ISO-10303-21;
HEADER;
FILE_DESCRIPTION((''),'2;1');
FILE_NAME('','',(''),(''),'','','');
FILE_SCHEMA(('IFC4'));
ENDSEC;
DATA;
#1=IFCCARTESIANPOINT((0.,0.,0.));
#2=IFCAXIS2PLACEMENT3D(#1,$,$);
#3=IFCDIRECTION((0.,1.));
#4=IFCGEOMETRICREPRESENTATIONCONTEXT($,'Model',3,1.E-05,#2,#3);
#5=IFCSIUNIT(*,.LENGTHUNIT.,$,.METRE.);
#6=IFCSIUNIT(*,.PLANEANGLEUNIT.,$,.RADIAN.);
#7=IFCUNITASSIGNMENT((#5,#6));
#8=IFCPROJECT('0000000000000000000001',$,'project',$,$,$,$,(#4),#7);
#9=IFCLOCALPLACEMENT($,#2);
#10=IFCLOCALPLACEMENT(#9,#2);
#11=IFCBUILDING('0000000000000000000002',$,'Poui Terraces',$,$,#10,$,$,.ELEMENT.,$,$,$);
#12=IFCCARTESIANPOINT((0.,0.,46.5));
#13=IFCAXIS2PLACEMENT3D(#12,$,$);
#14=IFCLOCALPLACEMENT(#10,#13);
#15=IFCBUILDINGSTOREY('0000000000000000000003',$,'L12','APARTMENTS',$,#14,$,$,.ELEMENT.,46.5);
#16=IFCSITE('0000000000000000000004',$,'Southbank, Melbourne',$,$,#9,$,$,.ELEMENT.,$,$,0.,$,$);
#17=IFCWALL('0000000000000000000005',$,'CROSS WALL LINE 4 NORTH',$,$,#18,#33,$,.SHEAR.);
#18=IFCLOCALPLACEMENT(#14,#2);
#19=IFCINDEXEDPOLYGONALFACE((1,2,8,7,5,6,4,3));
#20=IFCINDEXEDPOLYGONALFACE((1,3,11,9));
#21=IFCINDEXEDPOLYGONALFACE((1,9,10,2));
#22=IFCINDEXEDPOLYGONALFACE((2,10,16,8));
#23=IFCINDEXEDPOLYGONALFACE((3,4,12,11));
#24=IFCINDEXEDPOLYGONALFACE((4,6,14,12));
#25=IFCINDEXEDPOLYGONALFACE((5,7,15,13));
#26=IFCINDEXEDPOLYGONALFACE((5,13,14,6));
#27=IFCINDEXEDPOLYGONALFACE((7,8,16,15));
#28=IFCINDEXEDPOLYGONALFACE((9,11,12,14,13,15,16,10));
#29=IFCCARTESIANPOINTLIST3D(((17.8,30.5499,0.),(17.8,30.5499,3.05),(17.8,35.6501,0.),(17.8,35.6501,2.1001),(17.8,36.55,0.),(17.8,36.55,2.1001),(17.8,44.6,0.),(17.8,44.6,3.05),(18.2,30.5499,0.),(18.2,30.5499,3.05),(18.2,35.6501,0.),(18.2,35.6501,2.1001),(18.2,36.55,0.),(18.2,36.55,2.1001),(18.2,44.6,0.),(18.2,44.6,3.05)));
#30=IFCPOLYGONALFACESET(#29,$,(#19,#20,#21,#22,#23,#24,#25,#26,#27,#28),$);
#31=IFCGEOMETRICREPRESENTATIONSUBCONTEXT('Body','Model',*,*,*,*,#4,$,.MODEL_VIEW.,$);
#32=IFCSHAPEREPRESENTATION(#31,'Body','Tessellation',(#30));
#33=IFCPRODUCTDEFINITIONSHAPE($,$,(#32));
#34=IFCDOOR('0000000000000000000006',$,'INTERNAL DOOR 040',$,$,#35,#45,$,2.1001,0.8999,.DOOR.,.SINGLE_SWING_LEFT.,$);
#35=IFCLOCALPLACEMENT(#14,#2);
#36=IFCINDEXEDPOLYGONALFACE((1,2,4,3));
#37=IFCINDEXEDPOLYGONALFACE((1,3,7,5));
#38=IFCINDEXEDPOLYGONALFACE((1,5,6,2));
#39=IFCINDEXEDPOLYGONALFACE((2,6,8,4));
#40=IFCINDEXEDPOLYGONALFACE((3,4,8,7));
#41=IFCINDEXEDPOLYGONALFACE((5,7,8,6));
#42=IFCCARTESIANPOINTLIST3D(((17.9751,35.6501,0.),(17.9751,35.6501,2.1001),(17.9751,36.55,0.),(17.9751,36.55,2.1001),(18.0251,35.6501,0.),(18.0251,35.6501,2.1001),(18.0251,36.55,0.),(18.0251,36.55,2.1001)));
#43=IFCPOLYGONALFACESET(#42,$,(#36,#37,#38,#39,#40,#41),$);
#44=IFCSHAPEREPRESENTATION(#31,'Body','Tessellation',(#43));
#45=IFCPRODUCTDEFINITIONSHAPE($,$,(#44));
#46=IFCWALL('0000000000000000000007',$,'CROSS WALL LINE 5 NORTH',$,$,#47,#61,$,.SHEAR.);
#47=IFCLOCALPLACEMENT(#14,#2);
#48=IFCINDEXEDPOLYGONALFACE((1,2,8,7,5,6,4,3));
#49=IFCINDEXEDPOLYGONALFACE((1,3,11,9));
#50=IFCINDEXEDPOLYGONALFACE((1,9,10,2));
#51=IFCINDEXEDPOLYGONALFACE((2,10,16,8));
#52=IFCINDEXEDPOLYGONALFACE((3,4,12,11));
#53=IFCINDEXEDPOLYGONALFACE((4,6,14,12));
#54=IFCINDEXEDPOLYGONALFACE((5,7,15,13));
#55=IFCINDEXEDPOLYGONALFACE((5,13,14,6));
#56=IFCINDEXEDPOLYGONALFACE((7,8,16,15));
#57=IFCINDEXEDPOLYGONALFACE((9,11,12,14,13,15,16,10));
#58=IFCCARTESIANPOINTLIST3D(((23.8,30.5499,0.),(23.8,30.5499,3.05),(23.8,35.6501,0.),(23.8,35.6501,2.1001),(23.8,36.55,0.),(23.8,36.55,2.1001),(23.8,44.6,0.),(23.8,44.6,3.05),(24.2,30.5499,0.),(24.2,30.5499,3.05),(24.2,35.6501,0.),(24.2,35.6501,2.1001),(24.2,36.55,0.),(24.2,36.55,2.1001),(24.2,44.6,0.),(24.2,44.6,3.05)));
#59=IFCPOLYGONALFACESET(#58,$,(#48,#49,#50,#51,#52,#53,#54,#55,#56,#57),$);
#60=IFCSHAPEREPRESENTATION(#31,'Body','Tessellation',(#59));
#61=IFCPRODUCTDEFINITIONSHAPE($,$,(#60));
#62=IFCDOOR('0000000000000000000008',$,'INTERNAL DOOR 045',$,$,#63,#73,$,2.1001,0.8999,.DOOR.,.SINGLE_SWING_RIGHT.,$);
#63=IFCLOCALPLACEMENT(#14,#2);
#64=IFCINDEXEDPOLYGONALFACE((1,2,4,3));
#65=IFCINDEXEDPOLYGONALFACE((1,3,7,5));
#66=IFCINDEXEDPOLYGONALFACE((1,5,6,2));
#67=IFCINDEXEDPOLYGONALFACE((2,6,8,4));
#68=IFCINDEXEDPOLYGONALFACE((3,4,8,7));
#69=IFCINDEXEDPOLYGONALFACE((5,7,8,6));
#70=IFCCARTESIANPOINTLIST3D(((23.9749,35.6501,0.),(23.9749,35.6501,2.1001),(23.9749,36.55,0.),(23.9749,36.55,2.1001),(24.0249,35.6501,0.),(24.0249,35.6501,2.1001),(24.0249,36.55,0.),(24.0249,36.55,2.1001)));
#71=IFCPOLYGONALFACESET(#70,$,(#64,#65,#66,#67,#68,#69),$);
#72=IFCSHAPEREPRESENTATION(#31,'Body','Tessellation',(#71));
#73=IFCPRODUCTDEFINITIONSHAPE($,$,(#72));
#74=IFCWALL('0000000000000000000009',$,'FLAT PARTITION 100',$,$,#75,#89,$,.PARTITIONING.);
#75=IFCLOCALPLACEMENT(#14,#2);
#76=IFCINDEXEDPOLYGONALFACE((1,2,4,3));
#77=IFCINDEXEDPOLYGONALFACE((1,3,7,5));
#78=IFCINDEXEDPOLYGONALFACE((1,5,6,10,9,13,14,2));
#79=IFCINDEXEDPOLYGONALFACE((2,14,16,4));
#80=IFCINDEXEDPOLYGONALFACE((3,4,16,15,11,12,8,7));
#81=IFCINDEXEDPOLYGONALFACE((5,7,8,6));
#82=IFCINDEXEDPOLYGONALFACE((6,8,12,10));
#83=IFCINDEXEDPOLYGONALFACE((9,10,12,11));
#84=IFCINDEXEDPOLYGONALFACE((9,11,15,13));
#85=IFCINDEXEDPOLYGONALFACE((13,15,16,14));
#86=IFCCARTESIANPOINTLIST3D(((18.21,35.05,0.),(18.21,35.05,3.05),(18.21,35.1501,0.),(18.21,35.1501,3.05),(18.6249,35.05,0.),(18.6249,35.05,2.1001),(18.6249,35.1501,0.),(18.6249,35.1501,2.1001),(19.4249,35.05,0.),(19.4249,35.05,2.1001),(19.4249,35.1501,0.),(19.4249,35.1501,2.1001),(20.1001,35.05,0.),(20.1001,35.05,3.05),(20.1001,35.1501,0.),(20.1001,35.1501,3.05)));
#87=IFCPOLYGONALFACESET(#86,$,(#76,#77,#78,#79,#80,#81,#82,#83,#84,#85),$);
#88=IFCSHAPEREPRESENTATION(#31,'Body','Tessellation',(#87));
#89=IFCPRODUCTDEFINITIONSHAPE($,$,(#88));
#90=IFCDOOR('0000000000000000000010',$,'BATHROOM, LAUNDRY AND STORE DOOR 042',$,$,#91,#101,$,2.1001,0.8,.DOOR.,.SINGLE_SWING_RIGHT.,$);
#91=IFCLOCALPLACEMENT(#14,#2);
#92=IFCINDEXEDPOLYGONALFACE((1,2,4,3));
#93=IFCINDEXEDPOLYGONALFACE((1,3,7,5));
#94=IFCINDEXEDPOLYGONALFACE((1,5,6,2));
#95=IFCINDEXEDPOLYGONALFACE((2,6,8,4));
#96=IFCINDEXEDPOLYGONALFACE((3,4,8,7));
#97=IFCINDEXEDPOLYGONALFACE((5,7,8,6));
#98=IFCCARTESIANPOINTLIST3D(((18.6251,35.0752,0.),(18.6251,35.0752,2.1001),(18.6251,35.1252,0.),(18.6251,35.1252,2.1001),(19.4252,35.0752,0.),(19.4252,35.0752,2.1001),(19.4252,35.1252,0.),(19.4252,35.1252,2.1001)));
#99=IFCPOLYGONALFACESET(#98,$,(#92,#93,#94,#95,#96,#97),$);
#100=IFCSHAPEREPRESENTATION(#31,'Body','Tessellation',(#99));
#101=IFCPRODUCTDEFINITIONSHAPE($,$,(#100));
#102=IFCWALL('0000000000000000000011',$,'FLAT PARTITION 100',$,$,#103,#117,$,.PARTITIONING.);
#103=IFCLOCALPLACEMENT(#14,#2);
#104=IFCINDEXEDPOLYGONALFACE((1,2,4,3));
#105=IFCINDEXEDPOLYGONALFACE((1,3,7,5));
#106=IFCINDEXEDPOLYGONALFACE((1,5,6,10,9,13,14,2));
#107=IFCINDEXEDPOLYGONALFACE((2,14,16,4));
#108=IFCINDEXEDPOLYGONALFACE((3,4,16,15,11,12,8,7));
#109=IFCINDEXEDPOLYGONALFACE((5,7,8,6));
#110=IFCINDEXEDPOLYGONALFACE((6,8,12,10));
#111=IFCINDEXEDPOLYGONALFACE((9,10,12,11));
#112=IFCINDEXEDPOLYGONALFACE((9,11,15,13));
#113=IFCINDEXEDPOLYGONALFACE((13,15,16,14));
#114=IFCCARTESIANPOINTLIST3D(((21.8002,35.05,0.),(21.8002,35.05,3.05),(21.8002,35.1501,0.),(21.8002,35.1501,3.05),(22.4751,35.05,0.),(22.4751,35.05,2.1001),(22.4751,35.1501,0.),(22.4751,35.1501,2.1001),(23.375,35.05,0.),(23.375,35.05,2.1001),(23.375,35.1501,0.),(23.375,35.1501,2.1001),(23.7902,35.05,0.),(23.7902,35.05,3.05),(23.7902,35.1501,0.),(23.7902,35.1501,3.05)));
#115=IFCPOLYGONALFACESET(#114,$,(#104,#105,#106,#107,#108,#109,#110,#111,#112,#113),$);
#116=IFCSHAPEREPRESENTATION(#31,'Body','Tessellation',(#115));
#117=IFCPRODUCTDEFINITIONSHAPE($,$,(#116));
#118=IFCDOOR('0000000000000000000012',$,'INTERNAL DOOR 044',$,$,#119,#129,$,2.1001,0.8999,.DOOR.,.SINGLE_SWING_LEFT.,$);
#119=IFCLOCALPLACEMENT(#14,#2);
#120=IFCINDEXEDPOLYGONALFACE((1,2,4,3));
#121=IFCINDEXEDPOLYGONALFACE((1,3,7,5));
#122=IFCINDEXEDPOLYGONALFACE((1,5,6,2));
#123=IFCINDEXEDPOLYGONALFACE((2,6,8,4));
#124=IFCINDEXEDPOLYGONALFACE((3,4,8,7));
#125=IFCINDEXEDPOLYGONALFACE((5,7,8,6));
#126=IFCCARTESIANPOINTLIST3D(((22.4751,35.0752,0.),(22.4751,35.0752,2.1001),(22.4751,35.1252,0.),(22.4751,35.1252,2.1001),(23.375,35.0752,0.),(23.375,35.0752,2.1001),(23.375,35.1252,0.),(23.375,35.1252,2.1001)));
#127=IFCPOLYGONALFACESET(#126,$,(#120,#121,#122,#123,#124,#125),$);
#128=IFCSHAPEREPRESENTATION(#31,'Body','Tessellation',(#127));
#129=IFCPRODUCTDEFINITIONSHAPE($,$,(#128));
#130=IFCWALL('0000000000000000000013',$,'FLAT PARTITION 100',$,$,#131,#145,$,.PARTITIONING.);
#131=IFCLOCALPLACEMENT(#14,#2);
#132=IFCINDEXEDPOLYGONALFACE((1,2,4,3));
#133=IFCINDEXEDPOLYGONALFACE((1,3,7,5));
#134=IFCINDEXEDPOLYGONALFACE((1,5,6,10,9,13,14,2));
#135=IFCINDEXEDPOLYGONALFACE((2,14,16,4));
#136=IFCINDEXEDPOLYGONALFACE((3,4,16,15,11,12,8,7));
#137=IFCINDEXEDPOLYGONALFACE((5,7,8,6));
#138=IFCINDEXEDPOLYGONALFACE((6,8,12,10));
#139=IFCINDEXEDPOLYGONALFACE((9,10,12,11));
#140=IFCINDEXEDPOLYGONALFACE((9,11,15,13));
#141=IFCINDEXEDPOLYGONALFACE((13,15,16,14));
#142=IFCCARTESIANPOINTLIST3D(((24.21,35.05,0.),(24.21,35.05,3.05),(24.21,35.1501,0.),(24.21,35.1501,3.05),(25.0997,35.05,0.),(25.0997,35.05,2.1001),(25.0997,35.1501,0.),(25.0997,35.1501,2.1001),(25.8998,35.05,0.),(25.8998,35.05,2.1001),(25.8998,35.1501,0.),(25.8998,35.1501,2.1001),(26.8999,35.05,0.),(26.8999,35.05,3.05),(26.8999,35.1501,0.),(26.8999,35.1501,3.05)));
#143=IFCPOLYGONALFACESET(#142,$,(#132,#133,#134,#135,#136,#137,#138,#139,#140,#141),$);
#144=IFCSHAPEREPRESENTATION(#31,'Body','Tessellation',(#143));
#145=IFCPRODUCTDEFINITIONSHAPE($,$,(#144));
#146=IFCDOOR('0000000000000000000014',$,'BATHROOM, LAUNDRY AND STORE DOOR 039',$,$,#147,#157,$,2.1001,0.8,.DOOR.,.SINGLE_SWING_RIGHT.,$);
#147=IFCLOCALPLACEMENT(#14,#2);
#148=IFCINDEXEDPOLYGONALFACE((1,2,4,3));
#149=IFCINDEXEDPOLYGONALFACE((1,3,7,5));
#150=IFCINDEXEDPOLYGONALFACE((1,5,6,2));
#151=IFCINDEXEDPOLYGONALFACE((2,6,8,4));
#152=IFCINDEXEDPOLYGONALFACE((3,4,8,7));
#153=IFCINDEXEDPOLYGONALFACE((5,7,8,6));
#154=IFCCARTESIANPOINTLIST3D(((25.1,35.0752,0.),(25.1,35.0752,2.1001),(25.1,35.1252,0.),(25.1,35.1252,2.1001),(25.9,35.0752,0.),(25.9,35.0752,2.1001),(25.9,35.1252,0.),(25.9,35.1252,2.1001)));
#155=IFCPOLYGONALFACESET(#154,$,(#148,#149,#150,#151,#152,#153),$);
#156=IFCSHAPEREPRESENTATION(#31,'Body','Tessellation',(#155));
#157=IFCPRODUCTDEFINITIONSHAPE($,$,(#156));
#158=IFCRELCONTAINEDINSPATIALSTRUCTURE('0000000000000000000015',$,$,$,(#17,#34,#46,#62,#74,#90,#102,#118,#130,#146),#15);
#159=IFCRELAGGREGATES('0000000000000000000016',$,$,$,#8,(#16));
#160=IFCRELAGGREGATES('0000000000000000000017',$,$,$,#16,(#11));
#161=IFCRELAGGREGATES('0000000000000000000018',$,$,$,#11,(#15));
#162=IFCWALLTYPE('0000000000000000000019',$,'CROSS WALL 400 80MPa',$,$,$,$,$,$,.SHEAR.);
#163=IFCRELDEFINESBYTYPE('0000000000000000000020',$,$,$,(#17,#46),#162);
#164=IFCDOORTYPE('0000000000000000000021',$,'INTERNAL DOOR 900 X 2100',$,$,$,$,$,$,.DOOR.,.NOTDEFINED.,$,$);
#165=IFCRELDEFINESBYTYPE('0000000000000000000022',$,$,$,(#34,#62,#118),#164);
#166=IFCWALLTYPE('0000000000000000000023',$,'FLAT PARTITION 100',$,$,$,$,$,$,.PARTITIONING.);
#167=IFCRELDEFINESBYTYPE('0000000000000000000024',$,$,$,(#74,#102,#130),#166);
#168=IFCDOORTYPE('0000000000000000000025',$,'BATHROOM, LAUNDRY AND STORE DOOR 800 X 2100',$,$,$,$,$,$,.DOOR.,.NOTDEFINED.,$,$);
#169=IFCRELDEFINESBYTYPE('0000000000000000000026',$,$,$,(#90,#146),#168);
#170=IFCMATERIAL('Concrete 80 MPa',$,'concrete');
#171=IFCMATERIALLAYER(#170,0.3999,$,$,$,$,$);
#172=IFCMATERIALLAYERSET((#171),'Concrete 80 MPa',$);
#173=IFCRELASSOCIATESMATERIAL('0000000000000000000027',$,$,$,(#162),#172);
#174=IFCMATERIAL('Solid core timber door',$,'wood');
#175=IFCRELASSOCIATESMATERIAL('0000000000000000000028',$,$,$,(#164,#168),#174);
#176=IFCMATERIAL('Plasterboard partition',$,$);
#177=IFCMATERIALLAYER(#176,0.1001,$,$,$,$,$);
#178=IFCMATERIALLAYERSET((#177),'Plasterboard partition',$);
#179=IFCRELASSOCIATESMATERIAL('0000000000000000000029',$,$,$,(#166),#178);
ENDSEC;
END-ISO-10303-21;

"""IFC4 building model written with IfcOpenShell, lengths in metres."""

from ifc_helpers import new_model, si_unit, direction, frame, frame_2d, origin, place, context, subcontext, project, spatial, rectangle, extrude, material, layer, layer_set, type_object, element, fill, save


model = new_model("IFC4")

# Units and contexts
model_context = context("Model", 3, precision=1e-05, world=origin(), true_north=direction((0.0, 1.0)))
body_context = subcontext(model_context, "Body", "Model", "MODEL_VIEW")
ifc_project = project(units=[si_unit("LENGTHUNIT", "METRE"), si_unit("PLANEANGLEUNIT", "RADIAN")], contexts=[model_context])

# Site, building, storey
site_placement = place(None, origin())
site = spatial("IfcSite", under=ifc_project, at=site_placement, Name="Southbank, Melbourne", CompositionType="ELEMENT", RefElevation=0.0)
building_placement = place(site_placement, origin())
building = spatial("IfcBuilding", under=site, at=building_placement, Name="Poui Terraces", CompositionType="ELEMENT")
storey_placement = place(building_placement, frame((0.0, 0.0, 46.5)))
storey = spatial("IfcBuildingStorey", under=building, at=storey_placement, Name="L12", Description="APARTMENTS", CompositionType="ELEMENT", Elevation=46.5)

# Walls, openings, doors
ifc_material_1 = material(Name="Concrete 80 MPa", Category="concrete")
ifc_layer_1 = layer(ifc_material_1, 0.3999)
ifc_layer_set_1 = layer_set([ifc_layer_1], Name="Concrete 80 MPa")
wall_type_1 = type_object("IfcWallType", Name="CROSS WALL 400 80MPa", PredefinedType="SHEAR", material=ifc_layer_set_1)
wall_1_placement = place(storey_placement, frame((18.0, 30.55, 0.0), z_axis=(0.0, 0.0, 1.0), x_axis=(0.0, 1.0, 0.0)))
wall_1 = element("IfcWall", 1, at=wall_1_placement, inside=storey, type_object=wall_type_1, Name="CROSS WALL LINE 4 NORTH", PredefinedType="SHEAR", context=body_context, shape_type="SweptSolid", body=[
    extrude(rectangle(XDim=14.05, YDim=0.3999, at=frame_2d((7.0249, 0.0))), origin(), (0.0, 0.0, 1.0), 3.05),
])
opening_1_placement = place(wall_1_placement, frame((5.1001, 0.0, 0.0)))
opening_1 = element("IfcOpeningElement", 2, at=opening_1_placement, cuts=wall_1, PredefinedType="OPENING", context=body_context, shape_type="SweptSolid", body=[
    extrude(rectangle(XDim=0.8999, YDim=2.1001, at=frame_2d((0.45, 1.05))), frame((0.0, 0.21, 0.0), z_axis=(0.0, -1.0, 0.0), x_axis=(1.0, 0.0, 0.0)), (0.0, 0.0, 1.0), 0.4199),
])
ifc_material_2 = material(Name="Solid core timber door", Category="wood")
door_type_1 = type_object("IfcDoorType", Name="INTERNAL DOOR 900 X 2100", OperationType="NOTDEFINED", PredefinedType="DOOR", material=ifc_material_2)
door_1_placement = place(opening_1_placement, origin())
door_1 = element("IfcDoor", 3, at=door_1_placement, inside=storey, type_object=door_type_1, Name="INTERNAL DOOR 040", OperationType="SINGLE_SWING_LEFT", OverallHeight=2.1001, OverallWidth=0.8999, PredefinedType="DOOR", context=body_context, shape_type="SweptSolid", body=[
    extrude(rectangle(XDim=0.8999, YDim=2.1001, at=frame_2d((0.45, 1.05))), frame((0.0, 0.0249, 0.0), z_axis=(0.0, -1.0, 0.0), x_axis=(1.0, 0.0, 0.0)), (0.0, 0.0, 1.0), 0.05),
])
fill(opening_1, door_1)
wall_2_placement = place(storey_placement, frame((24.0, 30.55, 0.0), z_axis=(0.0, 0.0, 1.0), x_axis=(0.0, 1.0, 0.0)))
wall_2 = element("IfcWall", 4, at=wall_2_placement, inside=storey, type_object=wall_type_1, Name="CROSS WALL LINE 5 NORTH", PredefinedType="SHEAR", context=body_context, shape_type="SweptSolid", body=[
    extrude(rectangle(XDim=14.05, YDim=0.3999, at=frame_2d((7.0249, 0.0))), origin(), (0.0, 0.0, 1.0), 3.05),
])
opening_2_placement = place(wall_2_placement, frame((5.1001, 0.0, 0.0)))
opening_2 = element("IfcOpeningElement", 5, at=opening_2_placement, cuts=wall_2, PredefinedType="OPENING", context=body_context, shape_type="SweptSolid", body=[
    extrude(rectangle(XDim=0.8999, YDim=2.1001, at=frame_2d((0.45, 1.05))), frame((0.0, 0.21, 0.0), z_axis=(0.0, -1.0, 0.0), x_axis=(1.0, 0.0, 0.0)), (0.0, 0.0, 1.0), 0.4199),
])
door_2_placement = place(opening_2_placement, frame((0.8999, 0.0, 0.0), z_axis=(0.0, 0.0, 1.0), x_axis=(-1.0, 0.0, 0.0)))
door_2 = element("IfcDoor", 6, at=door_2_placement, inside=storey, type_object=door_type_1, Name="INTERNAL DOOR 045", OperationType="SINGLE_SWING_RIGHT", OverallHeight=2.1001, OverallWidth=0.8999, PredefinedType="DOOR", context=body_context, shape_type="SweptSolid", body=[
    extrude(rectangle(XDim=0.8999, YDim=2.1001, at=frame_2d((0.45, 1.05))), frame((0.0, 0.0249, 0.0), z_axis=(0.0, -1.0, 0.0), x_axis=(1.0, 0.0, 0.0)), (0.0, 0.0, 1.0), 0.05),
])
fill(opening_2, door_2)
ifc_material_3 = material(Name="Plasterboard partition")
ifc_layer_2 = layer(ifc_material_3, 0.1001)
ifc_layer_set_2 = layer_set([ifc_layer_2], Name="Plasterboard partition")
wall_type_2 = type_object("IfcWallType", Name="FLAT PARTITION 100", PredefinedType="PARTITIONING", material=ifc_layer_set_2)
wall_3_placement = place(storey_placement, frame((18.21, 35.1001, 0.0), z_axis=(0.0, 0.0, 1.0), x_axis=(1.0, 0.0, 0.0)))
wall_3 = element("IfcWall", 7, at=wall_3_placement, inside=storey, type_object=wall_type_2, Name="FLAT PARTITION 100", PredefinedType="PARTITIONING", context=body_context, shape_type="SweptSolid", body=[
    extrude(rectangle(XDim=1.8901, YDim=0.1001, at=frame_2d((0.9451, 0.0))), origin(), (0.0, 0.0, 1.0), 3.05),
])
opening_3_placement = place(wall_3_placement, frame((0.415, 0.0, 0.0)))
opening_3 = element("IfcOpeningElement", 8, at=opening_3_placement, cuts=wall_3, PredefinedType="OPENING", context=body_context, shape_type="SweptSolid", body=[
    extrude(rectangle(XDim=0.8, YDim=2.1001, at=frame_2d((0.3999, 1.05))), frame((0.0, 0.0601, 0.0), z_axis=(0.0, -1.0, 0.0), x_axis=(1.0, 0.0, 0.0)), (0.0, 0.0, 1.0), 0.1201),
])
door_type_2 = type_object("IfcDoorType", Name="BATHROOM, LAUNDRY AND STORE DOOR 800 X 2100", OperationType="NOTDEFINED", PredefinedType="DOOR", material=ifc_material_2)
door_3_placement = place(opening_3_placement, frame((0.8, 0.0, 0.0), z_axis=(0.0, 0.0, 1.0), x_axis=(-1.0, 0.0, 0.0)))
door_3 = element("IfcDoor", 9, at=door_3_placement, inside=storey, type_object=door_type_2, Name="BATHROOM, LAUNDRY AND STORE DOOR 042", OperationType="SINGLE_SWING_RIGHT", OverallHeight=2.1001, OverallWidth=0.8, PredefinedType="DOOR", context=body_context, shape_type="SweptSolid", body=[
    extrude(rectangle(XDim=0.8, YDim=2.1001, at=frame_2d((0.3999, 1.05))), frame((0.0, 0.0249, 0.0), z_axis=(0.0, -1.0, 0.0), x_axis=(1.0, 0.0, 0.0)), (0.0, 0.0, 1.0), 0.05),
])
fill(opening_3, door_3)
wall_4_placement = place(storey_placement, frame((21.8, 35.1001, 0.0), z_axis=(0.0, 0.0, 1.0), x_axis=(1.0, 0.0, 0.0)))
wall_4 = element("IfcWall", 10, at=wall_4_placement, inside=storey, type_object=wall_type_2, Name="FLAT PARTITION 100", PredefinedType="PARTITIONING", context=body_context, shape_type="SweptSolid", body=[
    extrude(rectangle(XDim=1.99, YDim=0.1001, at=frame_2d((0.9951, 0.0))), origin(), (0.0, 0.0, 1.0), 3.05),
])
opening_4_placement = place(wall_4_placement, frame((0.675, 0.0, 0.0)))
opening_4 = element("IfcOpeningElement", 11, at=opening_4_placement, cuts=wall_4, PredefinedType="OPENING", context=body_context, shape_type="SweptSolid", body=[
    extrude(rectangle(XDim=0.8999, YDim=2.1001, at=frame_2d((0.45, 1.05))), frame((0.0, 0.0601, 0.0), z_axis=(0.0, -1.0, 0.0), x_axis=(1.0, 0.0, 0.0)), (0.0, 0.0, 1.0), 0.1201),
])
door_4_placement = place(opening_4_placement, frame((0.8999, 0.0, 0.0), z_axis=(0.0, 0.0, 1.0), x_axis=(-1.0, 0.0, 0.0)))
door_4 = element("IfcDoor", 12, at=door_4_placement, inside=storey, type_object=door_type_1, Name="INTERNAL DOOR 044", OperationType="SINGLE_SWING_LEFT", OverallHeight=2.1001, OverallWidth=0.8999, PredefinedType="DOOR", context=body_context, shape_type="SweptSolid", body=[
    extrude(rectangle(XDim=0.8999, YDim=2.1001, at=frame_2d((0.45, 1.05))), frame((0.0, 0.0249, 0.0), z_axis=(0.0, -1.0, 0.0), x_axis=(1.0, 0.0, 0.0)), (0.0, 0.0, 1.0), 0.05),
])
fill(opening_4, door_4)
wall_5_placement = place(storey_placement, frame((24.21, 35.1001, 0.0), z_axis=(0.0, 0.0, 1.0), x_axis=(1.0, 0.0, 0.0)))
wall_5 = element("IfcWall", 13, at=wall_5_placement, inside=storey, type_object=wall_type_2, Name="FLAT PARTITION 100", PredefinedType="PARTITIONING", context=body_context, shape_type="SweptSolid", body=[
    extrude(rectangle(XDim=2.6899, YDim=0.1001, at=frame_2d((1.345, 0.0))), origin(), (0.0, 0.0, 1.0), 3.05),
])
opening_5_placement = place(wall_5_placement, frame((0.8899, 0.0, 0.0)))
opening_5 = element("IfcOpeningElement", 14, at=opening_5_placement, cuts=wall_5, PredefinedType="OPENING", context=body_context, shape_type="SweptSolid", body=[
    extrude(rectangle(XDim=0.8, YDim=2.1001, at=frame_2d((0.3999, 1.05))), frame((0.0, 0.0601, 0.0), z_axis=(0.0, -1.0, 0.0), x_axis=(1.0, 0.0, 0.0)), (0.0, 0.0, 1.0), 0.1201),
])
door_5_placement = place(opening_5_placement, frame((0.8, 0.0, 0.0), z_axis=(0.0, 0.0, 1.0), x_axis=(-1.0, 0.0, 0.0)))
door_5 = element("IfcDoor", 15, at=door_5_placement, inside=storey, type_object=door_type_2, Name="BATHROOM, LAUNDRY AND STORE DOOR 039", OperationType="SINGLE_SWING_RIGHT", OverallHeight=2.1001, OverallWidth=0.8, PredefinedType="DOOR", context=body_context, shape_type="SweptSolid", body=[
    extrude(rectangle(XDim=0.8, YDim=2.1001, at=frame_2d((0.3999, 1.05))), frame((0.0, 0.0249, 0.0), z_axis=(0.0, -1.0, 0.0), x_axis=(1.0, 0.0, 0.0)), (0.0, 0.0, 1.0), 0.05),
])
fill(opening_5, door_5)

save(model, "model.ifc")
